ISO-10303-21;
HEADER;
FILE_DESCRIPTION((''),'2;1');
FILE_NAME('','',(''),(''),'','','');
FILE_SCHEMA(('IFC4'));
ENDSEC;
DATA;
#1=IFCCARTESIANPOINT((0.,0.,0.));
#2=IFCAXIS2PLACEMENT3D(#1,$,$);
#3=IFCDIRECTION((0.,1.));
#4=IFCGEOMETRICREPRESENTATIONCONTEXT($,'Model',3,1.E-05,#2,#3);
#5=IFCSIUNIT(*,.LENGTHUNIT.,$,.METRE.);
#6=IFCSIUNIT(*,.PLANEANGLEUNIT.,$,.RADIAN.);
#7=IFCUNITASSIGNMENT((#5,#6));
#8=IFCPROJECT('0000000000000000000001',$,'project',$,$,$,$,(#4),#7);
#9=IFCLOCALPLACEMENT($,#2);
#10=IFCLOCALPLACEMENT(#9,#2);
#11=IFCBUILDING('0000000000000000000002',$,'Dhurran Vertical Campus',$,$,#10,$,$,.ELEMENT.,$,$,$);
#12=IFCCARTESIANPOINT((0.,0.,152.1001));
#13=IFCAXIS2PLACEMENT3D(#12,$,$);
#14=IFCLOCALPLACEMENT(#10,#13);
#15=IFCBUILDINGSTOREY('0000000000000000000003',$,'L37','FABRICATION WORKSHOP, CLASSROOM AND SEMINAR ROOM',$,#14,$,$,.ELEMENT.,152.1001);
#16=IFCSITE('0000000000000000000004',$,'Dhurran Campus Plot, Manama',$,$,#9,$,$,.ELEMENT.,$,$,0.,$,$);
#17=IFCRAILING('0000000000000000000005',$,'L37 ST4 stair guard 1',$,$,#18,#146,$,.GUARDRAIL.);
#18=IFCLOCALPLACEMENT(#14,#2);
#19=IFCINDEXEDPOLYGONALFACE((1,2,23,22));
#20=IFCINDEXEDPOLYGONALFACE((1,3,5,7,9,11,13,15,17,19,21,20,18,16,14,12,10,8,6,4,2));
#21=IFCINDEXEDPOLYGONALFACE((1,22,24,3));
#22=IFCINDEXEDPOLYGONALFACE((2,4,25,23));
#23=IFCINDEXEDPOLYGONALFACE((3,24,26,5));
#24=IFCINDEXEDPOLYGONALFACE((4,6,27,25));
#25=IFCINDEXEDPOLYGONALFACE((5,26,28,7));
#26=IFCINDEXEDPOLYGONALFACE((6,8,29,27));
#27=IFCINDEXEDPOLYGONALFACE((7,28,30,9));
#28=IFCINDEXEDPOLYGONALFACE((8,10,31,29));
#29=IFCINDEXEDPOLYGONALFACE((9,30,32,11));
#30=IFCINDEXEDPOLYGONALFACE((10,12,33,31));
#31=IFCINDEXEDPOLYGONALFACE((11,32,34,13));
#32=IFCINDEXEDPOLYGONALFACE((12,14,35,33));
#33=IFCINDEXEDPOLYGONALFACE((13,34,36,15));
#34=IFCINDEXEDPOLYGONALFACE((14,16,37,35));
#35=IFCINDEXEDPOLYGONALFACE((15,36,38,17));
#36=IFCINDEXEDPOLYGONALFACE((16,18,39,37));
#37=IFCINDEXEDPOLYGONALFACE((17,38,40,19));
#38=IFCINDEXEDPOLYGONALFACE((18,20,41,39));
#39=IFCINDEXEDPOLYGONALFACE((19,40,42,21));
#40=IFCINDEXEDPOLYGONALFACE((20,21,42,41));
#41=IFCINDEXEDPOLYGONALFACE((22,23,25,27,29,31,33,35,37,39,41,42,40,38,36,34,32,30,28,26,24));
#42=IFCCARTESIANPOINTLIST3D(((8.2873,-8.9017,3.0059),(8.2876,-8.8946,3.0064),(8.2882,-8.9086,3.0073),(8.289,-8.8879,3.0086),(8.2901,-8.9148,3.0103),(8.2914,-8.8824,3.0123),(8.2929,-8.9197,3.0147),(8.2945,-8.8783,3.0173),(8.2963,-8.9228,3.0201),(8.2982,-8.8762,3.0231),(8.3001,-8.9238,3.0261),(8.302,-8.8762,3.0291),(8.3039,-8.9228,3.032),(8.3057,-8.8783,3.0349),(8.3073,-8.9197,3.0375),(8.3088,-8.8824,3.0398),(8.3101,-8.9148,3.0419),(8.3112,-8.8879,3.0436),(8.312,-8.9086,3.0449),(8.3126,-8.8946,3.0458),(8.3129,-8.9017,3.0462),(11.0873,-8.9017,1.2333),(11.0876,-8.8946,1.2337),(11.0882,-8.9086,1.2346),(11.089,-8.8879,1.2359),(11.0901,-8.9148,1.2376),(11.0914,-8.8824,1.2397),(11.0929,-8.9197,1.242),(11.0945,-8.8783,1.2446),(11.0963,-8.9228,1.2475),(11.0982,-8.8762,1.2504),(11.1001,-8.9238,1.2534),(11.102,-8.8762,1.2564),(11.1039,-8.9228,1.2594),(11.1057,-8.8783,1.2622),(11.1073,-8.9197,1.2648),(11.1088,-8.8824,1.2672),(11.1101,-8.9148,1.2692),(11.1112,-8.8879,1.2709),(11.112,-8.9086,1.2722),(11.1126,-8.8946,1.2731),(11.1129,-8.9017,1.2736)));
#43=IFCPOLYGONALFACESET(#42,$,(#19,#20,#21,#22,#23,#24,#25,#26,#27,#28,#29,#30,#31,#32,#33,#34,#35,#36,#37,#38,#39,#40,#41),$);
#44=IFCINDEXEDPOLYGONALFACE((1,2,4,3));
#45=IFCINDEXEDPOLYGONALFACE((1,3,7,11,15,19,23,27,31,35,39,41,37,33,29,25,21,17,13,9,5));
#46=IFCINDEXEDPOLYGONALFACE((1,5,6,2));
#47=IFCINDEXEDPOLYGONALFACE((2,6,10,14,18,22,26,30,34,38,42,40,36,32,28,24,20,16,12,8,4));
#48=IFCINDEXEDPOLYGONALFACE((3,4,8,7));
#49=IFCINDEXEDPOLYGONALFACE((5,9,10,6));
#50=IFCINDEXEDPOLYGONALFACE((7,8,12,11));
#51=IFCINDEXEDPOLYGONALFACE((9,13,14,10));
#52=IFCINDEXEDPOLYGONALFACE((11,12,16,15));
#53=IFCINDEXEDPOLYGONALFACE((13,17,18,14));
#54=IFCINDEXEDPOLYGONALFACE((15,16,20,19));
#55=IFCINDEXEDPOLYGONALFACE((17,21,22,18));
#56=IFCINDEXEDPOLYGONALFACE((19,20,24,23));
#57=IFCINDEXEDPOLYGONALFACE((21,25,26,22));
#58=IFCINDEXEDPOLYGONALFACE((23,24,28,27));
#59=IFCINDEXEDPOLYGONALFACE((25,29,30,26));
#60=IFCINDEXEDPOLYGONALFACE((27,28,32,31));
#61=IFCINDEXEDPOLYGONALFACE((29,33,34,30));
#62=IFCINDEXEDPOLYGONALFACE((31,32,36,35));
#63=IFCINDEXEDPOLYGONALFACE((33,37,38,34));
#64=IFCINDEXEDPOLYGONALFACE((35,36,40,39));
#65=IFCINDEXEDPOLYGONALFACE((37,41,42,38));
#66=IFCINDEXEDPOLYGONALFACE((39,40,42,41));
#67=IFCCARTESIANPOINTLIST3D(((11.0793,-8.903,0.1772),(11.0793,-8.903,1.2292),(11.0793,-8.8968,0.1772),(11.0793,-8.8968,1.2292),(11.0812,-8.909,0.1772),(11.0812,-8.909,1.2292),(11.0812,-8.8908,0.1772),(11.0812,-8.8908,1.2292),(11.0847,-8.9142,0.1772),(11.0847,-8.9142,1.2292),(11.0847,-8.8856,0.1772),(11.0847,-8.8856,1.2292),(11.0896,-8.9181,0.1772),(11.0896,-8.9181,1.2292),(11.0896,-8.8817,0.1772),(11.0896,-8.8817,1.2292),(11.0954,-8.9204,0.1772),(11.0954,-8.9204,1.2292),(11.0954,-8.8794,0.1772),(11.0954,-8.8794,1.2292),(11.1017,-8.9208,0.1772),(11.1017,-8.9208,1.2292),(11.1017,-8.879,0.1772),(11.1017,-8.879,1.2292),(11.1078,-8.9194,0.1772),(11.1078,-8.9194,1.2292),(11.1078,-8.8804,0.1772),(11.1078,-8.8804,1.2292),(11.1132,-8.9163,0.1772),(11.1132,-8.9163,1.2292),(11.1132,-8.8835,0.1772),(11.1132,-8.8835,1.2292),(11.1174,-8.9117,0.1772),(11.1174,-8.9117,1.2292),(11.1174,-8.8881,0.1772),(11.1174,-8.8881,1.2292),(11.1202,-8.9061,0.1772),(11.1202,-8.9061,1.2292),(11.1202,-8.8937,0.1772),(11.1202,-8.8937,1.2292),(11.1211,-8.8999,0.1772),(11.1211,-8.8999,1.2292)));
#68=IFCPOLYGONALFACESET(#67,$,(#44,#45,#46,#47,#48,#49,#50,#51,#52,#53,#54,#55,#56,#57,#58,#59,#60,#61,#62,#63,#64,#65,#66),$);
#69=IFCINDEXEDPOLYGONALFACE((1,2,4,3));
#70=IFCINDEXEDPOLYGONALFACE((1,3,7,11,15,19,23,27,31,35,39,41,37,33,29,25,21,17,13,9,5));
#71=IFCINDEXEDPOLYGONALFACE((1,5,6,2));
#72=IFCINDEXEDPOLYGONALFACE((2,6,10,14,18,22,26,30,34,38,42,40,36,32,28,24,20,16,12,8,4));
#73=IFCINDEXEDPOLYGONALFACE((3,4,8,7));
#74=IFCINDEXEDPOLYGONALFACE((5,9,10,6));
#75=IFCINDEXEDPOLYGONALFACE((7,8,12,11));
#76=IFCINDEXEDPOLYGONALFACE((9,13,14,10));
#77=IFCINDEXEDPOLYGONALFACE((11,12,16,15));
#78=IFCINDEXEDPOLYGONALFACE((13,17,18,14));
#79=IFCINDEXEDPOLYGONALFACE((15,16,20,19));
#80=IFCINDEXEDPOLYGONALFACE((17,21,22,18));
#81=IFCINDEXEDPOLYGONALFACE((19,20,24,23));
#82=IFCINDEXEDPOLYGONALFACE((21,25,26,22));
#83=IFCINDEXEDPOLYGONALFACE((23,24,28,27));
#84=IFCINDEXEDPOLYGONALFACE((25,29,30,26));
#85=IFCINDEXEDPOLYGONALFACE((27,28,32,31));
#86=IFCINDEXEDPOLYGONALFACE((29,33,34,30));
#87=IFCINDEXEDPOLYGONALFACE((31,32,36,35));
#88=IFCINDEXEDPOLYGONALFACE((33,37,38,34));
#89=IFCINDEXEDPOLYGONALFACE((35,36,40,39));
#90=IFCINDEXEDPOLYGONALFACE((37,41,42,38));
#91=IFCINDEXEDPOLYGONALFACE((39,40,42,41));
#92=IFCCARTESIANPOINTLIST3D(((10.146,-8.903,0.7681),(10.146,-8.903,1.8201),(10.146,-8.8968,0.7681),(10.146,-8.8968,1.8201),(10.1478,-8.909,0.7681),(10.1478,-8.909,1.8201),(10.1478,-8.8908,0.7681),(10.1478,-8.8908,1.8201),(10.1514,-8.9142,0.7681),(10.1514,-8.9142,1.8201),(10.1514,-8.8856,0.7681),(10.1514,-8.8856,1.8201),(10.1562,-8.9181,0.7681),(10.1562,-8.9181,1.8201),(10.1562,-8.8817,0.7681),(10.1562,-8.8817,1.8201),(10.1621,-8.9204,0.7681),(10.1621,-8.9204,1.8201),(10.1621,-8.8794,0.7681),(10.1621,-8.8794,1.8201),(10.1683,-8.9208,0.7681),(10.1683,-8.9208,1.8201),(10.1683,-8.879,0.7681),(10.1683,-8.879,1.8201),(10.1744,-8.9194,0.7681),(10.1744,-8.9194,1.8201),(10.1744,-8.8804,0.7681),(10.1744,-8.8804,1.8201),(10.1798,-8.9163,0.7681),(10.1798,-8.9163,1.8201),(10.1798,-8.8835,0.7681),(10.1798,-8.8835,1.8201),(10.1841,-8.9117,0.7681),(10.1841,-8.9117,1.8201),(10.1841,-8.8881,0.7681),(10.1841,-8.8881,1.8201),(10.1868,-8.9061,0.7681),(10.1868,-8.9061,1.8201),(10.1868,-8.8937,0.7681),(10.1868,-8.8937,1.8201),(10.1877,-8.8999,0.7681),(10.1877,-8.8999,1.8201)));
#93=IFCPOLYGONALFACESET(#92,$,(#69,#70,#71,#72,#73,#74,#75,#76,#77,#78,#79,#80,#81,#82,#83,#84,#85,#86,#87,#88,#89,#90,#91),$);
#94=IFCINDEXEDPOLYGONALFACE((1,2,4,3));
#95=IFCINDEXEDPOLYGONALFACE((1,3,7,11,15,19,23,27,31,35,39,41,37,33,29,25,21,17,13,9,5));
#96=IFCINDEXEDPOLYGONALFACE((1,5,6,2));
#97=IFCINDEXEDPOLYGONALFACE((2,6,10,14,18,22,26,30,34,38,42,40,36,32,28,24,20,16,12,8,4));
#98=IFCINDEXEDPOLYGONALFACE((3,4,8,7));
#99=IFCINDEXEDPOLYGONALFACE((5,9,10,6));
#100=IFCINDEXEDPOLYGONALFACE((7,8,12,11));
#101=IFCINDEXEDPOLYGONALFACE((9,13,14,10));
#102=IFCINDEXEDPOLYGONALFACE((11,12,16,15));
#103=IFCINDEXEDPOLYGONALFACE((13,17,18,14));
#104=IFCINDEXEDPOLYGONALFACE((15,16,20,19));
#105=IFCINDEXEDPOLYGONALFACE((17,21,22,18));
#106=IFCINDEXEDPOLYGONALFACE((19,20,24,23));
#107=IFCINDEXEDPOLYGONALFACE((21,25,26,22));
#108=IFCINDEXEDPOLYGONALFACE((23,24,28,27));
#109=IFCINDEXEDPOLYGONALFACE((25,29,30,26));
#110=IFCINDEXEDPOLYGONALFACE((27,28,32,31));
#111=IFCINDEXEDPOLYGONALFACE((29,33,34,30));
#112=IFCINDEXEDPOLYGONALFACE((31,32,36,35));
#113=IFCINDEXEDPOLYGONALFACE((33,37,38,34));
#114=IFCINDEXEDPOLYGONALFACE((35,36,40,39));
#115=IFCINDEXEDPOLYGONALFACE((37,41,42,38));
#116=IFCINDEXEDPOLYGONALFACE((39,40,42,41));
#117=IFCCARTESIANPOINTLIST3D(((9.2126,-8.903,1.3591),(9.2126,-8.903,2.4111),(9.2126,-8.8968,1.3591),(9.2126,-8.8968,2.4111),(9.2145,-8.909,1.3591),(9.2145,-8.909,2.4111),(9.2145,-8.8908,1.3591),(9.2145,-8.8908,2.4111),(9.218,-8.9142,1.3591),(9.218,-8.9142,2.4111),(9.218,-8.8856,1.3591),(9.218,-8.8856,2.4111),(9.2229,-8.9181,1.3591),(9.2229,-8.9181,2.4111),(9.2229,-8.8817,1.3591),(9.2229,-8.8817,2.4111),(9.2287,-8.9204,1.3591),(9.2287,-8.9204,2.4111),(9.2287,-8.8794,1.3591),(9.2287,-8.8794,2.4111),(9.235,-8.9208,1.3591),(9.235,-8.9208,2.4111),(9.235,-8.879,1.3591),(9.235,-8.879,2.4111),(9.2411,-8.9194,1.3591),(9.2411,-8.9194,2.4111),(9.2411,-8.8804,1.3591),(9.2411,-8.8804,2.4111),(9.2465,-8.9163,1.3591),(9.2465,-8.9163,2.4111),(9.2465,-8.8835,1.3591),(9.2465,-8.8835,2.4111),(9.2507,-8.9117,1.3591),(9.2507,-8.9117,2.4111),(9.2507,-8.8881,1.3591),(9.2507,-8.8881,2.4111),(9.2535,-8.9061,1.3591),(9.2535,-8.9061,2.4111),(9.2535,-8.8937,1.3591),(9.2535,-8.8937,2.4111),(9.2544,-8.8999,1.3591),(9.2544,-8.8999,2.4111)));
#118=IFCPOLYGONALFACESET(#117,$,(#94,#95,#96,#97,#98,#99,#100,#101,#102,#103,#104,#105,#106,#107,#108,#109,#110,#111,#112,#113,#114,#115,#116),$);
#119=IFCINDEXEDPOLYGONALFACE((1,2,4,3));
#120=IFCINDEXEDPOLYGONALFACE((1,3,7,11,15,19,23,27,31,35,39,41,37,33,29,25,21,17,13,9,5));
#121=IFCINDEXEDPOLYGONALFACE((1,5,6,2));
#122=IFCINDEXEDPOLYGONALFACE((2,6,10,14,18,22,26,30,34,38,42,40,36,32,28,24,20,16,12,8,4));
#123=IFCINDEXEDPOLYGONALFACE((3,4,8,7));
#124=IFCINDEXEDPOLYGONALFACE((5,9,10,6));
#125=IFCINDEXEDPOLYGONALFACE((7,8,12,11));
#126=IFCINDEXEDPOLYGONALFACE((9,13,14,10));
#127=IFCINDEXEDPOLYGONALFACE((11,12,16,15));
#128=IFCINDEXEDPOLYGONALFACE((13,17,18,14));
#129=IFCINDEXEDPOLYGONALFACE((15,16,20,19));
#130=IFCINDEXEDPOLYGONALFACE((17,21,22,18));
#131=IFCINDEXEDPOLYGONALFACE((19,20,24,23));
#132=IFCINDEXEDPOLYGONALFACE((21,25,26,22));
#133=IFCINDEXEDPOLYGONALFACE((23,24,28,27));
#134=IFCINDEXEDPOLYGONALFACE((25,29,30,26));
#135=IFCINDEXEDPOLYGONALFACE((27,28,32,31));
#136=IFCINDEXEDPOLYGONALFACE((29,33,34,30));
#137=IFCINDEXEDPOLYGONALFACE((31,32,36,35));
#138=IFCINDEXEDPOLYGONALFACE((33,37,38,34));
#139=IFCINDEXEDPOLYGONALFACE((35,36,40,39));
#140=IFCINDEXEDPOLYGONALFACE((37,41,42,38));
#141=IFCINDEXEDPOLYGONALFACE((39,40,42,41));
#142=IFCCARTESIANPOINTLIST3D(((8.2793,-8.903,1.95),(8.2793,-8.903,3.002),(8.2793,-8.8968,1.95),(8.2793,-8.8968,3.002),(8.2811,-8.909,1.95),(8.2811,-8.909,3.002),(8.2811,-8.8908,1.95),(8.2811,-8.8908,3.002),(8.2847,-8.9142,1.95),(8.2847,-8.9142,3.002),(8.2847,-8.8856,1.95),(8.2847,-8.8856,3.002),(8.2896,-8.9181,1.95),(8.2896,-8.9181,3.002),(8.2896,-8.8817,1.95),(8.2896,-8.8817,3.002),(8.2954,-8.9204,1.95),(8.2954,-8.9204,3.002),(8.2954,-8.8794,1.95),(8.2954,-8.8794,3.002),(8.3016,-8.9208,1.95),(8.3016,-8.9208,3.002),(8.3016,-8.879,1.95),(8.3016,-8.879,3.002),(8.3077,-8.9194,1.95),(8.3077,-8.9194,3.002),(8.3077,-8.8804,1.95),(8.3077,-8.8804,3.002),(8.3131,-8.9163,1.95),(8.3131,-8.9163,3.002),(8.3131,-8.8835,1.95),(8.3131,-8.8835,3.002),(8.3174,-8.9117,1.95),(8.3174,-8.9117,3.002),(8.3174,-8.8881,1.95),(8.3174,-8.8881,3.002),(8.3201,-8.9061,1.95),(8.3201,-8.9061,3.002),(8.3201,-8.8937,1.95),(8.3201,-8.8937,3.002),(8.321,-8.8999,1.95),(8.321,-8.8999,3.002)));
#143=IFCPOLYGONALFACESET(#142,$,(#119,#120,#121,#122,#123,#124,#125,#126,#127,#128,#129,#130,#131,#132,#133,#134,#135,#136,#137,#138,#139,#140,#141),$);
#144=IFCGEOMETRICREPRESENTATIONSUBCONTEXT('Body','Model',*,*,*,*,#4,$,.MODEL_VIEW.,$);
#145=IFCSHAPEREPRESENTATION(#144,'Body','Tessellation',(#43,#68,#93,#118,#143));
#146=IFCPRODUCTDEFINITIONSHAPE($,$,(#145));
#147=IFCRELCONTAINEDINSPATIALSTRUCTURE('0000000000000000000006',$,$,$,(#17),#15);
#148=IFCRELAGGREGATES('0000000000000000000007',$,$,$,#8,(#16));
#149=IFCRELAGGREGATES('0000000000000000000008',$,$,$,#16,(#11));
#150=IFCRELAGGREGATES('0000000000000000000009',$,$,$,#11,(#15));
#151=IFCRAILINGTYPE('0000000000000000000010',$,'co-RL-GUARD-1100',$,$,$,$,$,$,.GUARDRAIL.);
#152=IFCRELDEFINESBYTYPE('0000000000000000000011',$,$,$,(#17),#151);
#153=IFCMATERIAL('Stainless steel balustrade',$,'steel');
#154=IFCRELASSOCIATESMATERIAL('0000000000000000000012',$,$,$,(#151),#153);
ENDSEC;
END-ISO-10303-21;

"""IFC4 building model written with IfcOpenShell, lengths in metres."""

from ifc_helpers import new_model, si_unit, direction, frame, origin, origin_2d, place, context, subcontext, project, spatial, circle, extrude, material, type_object, element, save


model = new_model("IFC4")

# Units and contexts
model_context = context("Model", 3, precision=1e-05, world=origin(), true_north=direction((0.0, 1.0)))
body_context = subcontext(model_context, "Body", "Model", "MODEL_VIEW")
ifc_project = project(units=[si_unit("LENGTHUNIT", "METRE"), si_unit("PLANEANGLEUNIT", "RADIAN")], contexts=[model_context])

# Site, building, storey
site_placement = place(None, origin())
site = spatial("IfcSite", under=ifc_project, at=site_placement, Name="Dhurran Campus Plot, Manama", CompositionType="ELEMENT", RefElevation=0.0)
building_placement = place(site_placement, origin())
building = spatial("IfcBuilding", under=site, at=building_placement, Name="Dhurran Vertical Campus", CompositionType="ELEMENT")
storey_placement = place(building_placement, frame((0.0, 0.0, 152.1001)))
storey = spatial("IfcBuildingStorey", under=building, at=storey_placement, Name="L37", Description="FABRICATION WORKSHOP, CLASSROOM AND SEMINAR ROOM", CompositionType="ELEMENT", Elevation=152.1001)

# Railing
ifc_material_1 = material(Name="Stainless steel balustrade", Category="steel")
railing_type_1 = type_object("IfcRailingType", Name="co-RL-GUARD-1100", PredefinedType="GUARDRAIL", material=ifc_material_1)
railing_1_placement = place(storey_placement, frame((11.1001, -8.8999, 0.1772)))
element("IfcRailing", 1, at=railing_1_placement, inside=storey, type_object=railing_type_1, Name="L37 ST4 stair guard 1", PredefinedType="GUARDRAIL", context=body_context, shape_type="SweptSolid", body=[
    extrude(circle(Radius=0.0239, at=origin_2d()), frame((0.0, 0.0, 1.0762), z_axis=(-0.844909, 0.0, 0.53491), x_axis=(0.0, -1.0, 0.0)), (0.0, 0.0, 1.0), 3.314),
    extrude(circle(Radius=0.021, at=origin_2d()), origin(), (0.0, 0.0, 1.0), 1.052),
    extrude(circle(Radius=0.021, at=origin_2d()), frame((-0.9333, 0.0, 0.5908)), (0.0, 0.0, 1.0), 1.052),
    extrude(circle(Radius=0.021, at=origin_2d()), frame((-1.8667, 0.0, 1.1819)), (0.0, 0.0, 1.0), 1.052),
    extrude(circle(Radius=0.021, at=origin_2d()), frame((-2.8, 0.0, 1.7727)), (0.0, 0.0, 1.0), 1.052),
])

save(model, "model.ifc")
